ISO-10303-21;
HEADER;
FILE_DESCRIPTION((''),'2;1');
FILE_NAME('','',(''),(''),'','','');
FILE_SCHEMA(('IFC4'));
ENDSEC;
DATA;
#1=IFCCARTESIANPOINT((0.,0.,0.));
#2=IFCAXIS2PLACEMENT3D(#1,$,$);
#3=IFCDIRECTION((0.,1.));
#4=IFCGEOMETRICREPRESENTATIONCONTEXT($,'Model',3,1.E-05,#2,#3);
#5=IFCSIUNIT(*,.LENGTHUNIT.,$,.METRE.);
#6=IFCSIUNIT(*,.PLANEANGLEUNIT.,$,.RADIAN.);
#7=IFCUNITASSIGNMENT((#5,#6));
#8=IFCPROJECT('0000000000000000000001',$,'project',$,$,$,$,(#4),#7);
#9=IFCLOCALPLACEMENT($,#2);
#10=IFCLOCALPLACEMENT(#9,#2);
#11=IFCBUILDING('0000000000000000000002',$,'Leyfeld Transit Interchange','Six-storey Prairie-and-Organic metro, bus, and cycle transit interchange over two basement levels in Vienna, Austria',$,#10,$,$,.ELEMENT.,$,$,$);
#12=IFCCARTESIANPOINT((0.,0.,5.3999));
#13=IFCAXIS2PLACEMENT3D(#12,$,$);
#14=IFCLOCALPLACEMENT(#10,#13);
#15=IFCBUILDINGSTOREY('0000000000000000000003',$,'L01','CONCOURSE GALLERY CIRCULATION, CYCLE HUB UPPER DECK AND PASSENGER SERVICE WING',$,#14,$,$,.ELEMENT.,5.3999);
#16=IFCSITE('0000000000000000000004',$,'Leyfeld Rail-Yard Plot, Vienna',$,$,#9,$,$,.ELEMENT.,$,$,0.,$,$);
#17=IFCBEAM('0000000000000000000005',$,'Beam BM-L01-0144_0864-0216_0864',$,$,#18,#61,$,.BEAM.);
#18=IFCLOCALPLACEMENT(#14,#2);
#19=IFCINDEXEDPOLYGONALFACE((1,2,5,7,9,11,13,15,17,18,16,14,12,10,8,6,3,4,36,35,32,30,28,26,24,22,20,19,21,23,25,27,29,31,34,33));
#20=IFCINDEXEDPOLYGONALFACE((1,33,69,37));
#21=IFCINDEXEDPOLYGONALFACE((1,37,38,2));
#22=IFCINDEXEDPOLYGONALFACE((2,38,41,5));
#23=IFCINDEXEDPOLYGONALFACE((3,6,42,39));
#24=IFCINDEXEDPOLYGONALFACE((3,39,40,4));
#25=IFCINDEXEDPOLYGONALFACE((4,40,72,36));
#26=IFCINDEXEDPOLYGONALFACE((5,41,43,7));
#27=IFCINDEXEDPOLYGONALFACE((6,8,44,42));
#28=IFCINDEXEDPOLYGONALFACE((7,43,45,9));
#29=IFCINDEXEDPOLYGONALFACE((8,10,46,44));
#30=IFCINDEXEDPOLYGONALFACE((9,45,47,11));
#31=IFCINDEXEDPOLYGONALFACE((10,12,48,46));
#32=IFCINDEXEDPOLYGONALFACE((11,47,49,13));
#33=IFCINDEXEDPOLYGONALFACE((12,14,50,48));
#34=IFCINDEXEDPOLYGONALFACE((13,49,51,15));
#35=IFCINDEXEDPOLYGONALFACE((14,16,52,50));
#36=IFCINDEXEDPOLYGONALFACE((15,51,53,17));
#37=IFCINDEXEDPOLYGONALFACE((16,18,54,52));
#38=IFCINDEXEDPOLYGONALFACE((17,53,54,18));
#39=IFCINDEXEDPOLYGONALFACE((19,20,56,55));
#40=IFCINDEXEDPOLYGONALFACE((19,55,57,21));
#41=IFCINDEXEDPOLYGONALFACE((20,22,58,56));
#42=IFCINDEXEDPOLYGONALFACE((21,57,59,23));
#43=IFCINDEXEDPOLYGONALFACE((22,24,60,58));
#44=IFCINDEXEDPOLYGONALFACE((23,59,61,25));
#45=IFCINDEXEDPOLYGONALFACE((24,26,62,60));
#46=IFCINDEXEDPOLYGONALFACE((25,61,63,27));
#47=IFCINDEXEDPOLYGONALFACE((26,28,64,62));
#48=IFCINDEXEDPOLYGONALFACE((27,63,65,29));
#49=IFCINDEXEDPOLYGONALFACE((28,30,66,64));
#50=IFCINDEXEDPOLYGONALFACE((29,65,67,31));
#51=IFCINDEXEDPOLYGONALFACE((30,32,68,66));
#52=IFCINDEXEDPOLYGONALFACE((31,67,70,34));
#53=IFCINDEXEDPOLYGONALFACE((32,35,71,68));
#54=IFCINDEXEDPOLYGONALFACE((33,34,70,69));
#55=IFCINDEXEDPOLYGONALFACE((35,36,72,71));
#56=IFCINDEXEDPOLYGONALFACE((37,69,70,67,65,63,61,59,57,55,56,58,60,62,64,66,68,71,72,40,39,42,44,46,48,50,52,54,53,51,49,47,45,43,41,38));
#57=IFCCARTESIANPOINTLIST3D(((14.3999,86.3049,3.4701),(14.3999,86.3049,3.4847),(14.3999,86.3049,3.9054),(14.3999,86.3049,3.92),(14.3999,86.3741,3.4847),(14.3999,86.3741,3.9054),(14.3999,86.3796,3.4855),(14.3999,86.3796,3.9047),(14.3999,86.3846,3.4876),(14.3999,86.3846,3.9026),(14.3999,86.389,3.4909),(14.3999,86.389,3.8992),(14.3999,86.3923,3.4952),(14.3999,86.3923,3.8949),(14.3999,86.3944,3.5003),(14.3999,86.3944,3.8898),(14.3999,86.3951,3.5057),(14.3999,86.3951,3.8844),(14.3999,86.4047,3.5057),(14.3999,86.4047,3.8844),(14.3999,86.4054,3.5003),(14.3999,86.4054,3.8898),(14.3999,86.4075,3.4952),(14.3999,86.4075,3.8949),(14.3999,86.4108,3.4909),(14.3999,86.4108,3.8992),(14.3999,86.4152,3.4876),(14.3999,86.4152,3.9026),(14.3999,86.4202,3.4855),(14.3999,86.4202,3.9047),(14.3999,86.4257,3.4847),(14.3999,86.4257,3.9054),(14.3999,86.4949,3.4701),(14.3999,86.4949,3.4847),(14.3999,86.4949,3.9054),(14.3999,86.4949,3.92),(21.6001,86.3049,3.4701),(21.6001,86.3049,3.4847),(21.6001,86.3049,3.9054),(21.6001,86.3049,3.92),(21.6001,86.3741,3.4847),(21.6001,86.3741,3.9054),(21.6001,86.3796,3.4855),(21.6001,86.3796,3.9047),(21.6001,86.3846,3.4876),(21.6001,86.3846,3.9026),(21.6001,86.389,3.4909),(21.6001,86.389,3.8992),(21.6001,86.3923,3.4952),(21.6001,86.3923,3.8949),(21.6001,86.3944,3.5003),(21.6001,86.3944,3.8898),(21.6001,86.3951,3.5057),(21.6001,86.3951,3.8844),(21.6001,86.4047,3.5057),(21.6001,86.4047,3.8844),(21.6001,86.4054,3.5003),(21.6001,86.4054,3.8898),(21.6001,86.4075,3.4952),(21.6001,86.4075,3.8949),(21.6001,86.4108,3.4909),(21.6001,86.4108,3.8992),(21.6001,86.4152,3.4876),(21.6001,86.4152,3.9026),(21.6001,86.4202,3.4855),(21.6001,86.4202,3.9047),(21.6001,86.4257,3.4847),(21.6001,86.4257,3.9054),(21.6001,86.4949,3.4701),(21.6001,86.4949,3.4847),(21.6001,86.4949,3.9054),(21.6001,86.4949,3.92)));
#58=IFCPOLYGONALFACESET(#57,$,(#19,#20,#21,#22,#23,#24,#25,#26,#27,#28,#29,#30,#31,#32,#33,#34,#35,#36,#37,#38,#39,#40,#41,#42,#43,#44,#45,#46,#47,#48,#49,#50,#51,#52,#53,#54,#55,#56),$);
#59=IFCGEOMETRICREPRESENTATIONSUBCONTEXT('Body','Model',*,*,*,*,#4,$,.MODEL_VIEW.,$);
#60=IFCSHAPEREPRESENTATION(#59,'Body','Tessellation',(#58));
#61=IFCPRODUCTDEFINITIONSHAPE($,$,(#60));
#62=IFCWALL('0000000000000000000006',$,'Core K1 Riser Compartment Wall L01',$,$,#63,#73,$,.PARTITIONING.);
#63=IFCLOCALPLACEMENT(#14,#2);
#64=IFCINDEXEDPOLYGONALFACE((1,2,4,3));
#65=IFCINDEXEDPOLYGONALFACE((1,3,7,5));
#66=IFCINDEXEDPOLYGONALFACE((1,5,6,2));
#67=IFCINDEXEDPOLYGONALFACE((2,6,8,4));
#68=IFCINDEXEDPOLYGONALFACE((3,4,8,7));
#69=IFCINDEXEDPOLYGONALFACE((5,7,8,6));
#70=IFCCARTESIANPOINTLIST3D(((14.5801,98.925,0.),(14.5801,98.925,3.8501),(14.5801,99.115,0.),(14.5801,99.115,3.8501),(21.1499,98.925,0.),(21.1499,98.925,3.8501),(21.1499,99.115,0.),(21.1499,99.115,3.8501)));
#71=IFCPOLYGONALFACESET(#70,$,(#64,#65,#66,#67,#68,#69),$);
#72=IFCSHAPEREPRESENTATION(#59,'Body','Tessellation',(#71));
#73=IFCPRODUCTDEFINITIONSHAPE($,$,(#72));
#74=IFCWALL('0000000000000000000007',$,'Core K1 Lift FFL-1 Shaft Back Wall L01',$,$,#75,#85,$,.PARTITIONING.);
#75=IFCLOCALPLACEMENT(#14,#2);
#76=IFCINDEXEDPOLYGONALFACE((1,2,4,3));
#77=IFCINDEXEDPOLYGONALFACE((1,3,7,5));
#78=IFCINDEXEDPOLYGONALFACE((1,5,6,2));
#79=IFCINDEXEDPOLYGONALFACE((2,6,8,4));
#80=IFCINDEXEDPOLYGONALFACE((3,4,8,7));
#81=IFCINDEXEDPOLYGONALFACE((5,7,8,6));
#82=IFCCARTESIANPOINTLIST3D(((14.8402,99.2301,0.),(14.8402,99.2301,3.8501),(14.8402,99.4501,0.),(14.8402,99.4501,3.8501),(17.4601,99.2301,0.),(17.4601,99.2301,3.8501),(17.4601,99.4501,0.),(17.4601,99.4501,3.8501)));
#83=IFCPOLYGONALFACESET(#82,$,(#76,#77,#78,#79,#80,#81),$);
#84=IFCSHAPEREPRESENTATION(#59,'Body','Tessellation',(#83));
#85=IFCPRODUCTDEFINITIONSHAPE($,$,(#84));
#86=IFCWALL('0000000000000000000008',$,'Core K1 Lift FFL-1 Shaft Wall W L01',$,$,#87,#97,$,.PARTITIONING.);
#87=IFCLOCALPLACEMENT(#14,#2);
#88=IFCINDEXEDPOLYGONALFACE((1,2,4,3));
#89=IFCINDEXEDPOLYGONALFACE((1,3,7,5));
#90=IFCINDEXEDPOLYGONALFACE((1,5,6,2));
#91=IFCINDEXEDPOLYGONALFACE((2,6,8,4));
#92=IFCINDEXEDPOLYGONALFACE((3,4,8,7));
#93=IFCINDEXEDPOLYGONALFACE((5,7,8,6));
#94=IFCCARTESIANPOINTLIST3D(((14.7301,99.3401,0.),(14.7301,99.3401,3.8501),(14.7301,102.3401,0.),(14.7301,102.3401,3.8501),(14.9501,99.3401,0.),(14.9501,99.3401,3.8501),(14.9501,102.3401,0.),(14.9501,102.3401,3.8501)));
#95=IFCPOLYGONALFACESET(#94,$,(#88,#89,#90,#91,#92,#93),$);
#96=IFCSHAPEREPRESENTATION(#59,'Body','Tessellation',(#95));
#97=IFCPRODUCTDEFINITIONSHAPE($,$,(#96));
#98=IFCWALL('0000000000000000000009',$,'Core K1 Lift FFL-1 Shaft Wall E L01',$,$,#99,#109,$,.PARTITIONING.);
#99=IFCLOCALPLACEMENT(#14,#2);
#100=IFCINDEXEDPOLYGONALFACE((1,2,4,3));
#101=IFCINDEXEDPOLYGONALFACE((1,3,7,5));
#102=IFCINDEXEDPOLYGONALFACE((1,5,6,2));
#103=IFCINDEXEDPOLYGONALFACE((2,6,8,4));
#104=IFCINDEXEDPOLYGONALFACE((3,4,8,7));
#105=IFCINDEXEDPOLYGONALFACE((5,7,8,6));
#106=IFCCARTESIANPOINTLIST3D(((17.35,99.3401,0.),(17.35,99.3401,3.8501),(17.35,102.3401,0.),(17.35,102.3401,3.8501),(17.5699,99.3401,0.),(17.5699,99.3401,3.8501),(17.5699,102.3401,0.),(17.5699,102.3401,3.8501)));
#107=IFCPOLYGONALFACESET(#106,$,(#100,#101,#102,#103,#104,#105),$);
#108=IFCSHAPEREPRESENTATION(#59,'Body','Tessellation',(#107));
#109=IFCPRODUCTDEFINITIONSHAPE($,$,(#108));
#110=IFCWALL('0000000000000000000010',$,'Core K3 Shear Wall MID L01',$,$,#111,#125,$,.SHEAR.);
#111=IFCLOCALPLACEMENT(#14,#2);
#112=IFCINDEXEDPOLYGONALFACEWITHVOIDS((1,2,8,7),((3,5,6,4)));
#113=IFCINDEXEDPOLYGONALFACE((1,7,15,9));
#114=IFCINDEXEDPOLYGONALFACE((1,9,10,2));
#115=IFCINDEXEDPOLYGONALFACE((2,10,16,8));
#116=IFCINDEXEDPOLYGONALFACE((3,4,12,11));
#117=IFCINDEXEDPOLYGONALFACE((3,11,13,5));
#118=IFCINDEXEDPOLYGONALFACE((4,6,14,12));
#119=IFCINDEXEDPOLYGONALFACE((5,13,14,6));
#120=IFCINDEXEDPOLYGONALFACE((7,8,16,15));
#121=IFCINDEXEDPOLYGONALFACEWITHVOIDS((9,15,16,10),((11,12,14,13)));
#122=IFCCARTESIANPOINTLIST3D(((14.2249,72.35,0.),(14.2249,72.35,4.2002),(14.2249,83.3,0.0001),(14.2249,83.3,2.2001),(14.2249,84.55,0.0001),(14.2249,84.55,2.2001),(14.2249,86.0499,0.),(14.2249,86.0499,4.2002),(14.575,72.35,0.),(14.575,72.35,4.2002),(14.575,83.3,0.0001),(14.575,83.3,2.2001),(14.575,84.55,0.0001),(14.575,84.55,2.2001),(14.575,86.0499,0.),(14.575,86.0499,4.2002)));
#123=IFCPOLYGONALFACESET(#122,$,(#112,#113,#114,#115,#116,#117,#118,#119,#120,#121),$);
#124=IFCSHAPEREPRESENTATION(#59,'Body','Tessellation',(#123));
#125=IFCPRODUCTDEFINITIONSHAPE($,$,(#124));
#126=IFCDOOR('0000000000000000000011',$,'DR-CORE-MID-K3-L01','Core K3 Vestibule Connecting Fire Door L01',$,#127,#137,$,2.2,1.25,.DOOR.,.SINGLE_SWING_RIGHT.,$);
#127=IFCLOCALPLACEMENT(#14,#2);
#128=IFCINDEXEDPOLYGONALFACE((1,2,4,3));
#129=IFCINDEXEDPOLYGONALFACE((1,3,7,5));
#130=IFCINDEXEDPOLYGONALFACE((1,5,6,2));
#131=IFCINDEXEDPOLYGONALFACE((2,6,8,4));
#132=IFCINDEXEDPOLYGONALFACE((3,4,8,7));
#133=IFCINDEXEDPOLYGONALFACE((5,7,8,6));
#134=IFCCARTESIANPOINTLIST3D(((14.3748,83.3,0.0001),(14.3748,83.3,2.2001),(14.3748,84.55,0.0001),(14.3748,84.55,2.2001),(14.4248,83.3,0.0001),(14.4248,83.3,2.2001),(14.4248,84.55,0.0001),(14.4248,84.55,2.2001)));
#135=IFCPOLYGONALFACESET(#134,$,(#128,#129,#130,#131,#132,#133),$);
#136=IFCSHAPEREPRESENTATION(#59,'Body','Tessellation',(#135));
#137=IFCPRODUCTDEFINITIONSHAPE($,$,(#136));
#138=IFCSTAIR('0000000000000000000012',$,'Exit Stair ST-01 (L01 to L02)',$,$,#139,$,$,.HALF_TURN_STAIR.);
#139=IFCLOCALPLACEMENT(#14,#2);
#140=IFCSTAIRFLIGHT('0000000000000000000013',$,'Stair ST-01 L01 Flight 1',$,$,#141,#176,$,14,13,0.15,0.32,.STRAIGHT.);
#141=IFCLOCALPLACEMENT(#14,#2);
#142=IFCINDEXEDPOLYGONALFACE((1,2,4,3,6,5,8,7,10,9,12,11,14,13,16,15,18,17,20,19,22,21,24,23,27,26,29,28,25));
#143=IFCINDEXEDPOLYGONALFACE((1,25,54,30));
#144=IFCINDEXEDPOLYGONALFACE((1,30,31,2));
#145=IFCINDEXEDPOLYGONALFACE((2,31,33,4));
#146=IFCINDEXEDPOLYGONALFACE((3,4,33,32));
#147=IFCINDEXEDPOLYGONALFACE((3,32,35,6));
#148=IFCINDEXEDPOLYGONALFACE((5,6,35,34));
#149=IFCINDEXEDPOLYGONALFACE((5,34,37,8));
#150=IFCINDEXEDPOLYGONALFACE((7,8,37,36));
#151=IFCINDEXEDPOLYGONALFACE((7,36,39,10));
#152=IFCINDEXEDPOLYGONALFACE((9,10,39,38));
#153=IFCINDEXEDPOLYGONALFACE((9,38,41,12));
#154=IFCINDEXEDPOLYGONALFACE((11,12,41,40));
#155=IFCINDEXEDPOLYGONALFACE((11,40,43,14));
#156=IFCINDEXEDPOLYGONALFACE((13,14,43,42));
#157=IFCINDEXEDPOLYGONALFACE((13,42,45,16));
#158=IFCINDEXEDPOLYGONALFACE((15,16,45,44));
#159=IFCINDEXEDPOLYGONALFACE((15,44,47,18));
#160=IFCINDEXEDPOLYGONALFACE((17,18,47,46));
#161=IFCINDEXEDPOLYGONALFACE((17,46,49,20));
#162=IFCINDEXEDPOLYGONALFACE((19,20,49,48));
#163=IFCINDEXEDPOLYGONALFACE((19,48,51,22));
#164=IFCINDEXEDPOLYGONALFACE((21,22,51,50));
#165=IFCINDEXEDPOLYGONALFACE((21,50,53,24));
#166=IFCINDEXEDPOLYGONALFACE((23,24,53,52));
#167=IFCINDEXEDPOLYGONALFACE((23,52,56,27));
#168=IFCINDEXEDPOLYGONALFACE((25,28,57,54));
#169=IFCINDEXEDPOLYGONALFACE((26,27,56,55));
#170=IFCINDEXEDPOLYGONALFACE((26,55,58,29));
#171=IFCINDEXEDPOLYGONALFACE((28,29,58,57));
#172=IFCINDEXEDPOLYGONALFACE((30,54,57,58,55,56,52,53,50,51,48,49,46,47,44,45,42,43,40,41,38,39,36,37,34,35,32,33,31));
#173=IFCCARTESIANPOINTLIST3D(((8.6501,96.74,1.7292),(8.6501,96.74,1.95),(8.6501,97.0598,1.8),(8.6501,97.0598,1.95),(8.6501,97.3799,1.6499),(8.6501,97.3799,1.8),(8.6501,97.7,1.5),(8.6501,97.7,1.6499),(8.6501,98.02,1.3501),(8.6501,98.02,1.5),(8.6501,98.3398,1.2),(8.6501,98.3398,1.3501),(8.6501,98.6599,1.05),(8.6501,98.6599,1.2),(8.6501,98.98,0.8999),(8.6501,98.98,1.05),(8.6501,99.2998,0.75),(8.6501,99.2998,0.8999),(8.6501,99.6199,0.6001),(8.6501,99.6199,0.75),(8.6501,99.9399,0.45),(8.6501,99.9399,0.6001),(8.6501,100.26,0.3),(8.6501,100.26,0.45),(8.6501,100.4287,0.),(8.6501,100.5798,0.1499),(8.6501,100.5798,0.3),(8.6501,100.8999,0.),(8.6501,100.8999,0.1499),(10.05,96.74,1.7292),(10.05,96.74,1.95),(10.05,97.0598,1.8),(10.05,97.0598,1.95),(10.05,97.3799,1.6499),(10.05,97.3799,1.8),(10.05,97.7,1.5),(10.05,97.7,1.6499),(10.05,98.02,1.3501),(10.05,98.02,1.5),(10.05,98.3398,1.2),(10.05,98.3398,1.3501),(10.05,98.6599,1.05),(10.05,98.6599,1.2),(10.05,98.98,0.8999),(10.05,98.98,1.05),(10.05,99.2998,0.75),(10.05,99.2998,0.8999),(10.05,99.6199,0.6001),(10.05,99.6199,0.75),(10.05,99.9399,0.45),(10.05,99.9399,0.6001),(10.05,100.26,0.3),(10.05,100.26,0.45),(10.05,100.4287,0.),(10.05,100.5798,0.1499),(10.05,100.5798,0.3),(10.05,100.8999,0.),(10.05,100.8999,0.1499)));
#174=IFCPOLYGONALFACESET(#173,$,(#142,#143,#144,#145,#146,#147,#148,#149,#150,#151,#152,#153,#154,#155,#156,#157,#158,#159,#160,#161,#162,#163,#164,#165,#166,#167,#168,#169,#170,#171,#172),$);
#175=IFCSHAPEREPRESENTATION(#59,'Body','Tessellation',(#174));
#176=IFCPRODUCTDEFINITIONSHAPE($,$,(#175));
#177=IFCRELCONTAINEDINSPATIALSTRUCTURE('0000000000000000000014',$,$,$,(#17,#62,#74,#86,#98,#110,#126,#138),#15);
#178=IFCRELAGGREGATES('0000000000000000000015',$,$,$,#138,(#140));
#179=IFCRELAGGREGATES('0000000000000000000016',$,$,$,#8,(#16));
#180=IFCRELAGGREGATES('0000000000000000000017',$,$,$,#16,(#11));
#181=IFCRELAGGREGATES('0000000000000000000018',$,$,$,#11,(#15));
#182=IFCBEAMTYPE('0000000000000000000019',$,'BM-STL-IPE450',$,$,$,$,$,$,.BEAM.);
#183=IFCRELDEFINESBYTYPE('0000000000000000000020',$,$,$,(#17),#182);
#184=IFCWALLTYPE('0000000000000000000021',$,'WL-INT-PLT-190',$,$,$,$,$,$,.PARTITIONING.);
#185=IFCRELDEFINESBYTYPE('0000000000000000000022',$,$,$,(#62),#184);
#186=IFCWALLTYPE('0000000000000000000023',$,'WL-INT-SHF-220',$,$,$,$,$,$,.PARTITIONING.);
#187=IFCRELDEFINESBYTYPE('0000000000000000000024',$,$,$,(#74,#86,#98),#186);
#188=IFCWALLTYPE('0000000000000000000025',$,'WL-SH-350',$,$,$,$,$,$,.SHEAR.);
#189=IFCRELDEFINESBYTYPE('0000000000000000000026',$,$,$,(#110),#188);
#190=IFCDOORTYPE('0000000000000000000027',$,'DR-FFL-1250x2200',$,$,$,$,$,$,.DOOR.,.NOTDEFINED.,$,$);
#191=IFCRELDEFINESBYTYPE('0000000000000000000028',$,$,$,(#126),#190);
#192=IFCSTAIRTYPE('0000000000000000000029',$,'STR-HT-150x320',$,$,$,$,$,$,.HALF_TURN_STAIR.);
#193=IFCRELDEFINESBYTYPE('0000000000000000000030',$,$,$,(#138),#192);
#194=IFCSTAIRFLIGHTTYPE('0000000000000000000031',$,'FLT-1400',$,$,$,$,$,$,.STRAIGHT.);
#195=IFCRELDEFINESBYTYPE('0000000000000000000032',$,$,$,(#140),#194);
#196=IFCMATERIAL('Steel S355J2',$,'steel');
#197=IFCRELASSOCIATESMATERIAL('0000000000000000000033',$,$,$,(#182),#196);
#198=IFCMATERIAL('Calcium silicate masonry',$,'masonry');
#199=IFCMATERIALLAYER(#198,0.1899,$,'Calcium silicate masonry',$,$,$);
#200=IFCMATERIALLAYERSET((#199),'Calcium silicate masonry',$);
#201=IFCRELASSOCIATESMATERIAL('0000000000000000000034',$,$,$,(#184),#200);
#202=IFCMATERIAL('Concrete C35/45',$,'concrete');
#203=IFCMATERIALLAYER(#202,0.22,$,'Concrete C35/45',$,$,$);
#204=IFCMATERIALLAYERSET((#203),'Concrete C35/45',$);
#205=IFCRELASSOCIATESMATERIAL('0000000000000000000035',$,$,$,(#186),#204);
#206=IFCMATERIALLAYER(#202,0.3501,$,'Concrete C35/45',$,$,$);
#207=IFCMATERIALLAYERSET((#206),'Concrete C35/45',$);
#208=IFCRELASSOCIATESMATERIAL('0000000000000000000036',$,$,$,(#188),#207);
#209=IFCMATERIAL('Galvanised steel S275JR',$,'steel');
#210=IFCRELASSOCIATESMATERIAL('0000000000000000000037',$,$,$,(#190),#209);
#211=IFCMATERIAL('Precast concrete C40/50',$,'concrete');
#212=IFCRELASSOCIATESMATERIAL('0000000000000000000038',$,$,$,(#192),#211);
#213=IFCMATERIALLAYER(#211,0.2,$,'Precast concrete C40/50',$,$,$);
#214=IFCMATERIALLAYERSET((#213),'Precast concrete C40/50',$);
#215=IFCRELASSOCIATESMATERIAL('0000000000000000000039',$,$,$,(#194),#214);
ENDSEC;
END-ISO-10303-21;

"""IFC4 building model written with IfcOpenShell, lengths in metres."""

from ifc_helpers import new_model, si_unit, direction, frame, frame_2d, origin, origin_2d, place, context, subcontext, project, spatial, polyline, rectangle, i_section, outline, extrude, material, layer, layer_set, material_profile, profile_set, type_object, element, fill, aggregate, save


model = new_model("IFC4")

# Units and contexts
model_context = context("Model", 3, precision=1e-05, world=origin(), true_north=direction((0.0, 1.0)))
body_context = subcontext(model_context, "Body", "Model", "MODEL_VIEW")
ifc_project = project(units=[si_unit("LENGTHUNIT", "METRE"), si_unit("PLANEANGLEUNIT", "RADIAN")], contexts=[model_context])

# Site, building, storey
site_placement = place(None, origin())
site = spatial("IfcSite", under=ifc_project, at=site_placement, Name="Leyfeld Rail-Yard Plot, Vienna", CompositionType="ELEMENT", RefElevation=0.0)
building_placement = place(site_placement, origin())
building = spatial("IfcBuilding", under=site, at=building_placement, Name="Leyfeld Transit Interchange", Description="Six-storey Prairie-and-Organic metro, bus, and cycle transit interchange over two basement levels in Vienna, Austria", CompositionType="ELEMENT")
storey_placement = place(building_placement, frame((0.0, 0.0, 5.3999)))
storey = spatial("IfcBuildingStorey", under=building, at=storey_placement, Name="L01", Description="CONCOURSE GALLERY CIRCULATION, CYCLE HUB UPPER DECK AND PASSENGER SERVICE WING", CompositionType="ELEMENT", Elevation=5.3999)

# Shared definitions
ifc_material_1 = material(Name="Concrete C35/45", Category="concrete")

# Beam
ifc_material_2 = material(Name="Steel S355J2", Category="steel")
ifc_material_profile_1 = material_profile(ifc_material_2, i_section(OverallWidth=0.1899, OverallDepth=0.45, WebThickness=0.0095, FlangeThickness=0.0146, FilletRadius=0.021, at=origin_2d()), Name="IPE 450")
ifc_profile_set_1 = profile_set([ifc_material_profile_1], Name="Steel S355J2")
beam_type_1 = type_object("IfcBeamType", Name="BM-STL-IPE450", PredefinedType="BEAM", material=ifc_profile_set_1)
beam_1_placement = place(storey_placement, frame((14.3999, 86.3999, 3.6951), z_axis=(1.0, 0.0, 0.0), x_axis=(0.0, 1.0, 0.0)))
element("IfcBeam", 1, at=beam_1_placement, inside=storey, type_object=beam_type_1, Name="Beam BM-L01-0144_0864-0216_0864", PredefinedType="BEAM", context=body_context, shape_type="SweptSolid", body=[
    extrude(i_section(OverallWidth=0.1899, OverallDepth=0.45, WebThickness=0.0095, FlangeThickness=0.0146, FilletRadius=0.021, at=origin_2d()), origin(), (0.0, 0.0, 1.0), 7.2002),
])

# Walls
ifc_material_3 = material(Name="Calcium silicate masonry", Category="masonry")
ifc_layer_1 = layer(ifc_material_3, 0.1899, Name="Calcium silicate masonry")
ifc_layer_set_1 = layer_set([ifc_layer_1], Name="Calcium silicate masonry")
wall_type_1 = type_object("IfcWallType", Name="WL-INT-PLT-190", PredefinedType="PARTITIONING", material=ifc_layer_set_1)
wall_1_placement = place(storey_placement, frame((14.5801, 99.02, 0.0), z_axis=(0.0, 0.0, 1.0), x_axis=(1.0, 0.0, 0.0)))
element("IfcWall", 2, at=wall_1_placement, inside=storey, type_object=wall_type_1, Name="Core K1 Riser Compartment Wall L01", PredefinedType="PARTITIONING", context=body_context, shape_type="SweptSolid", body=[
    extrude(rectangle(XDim=6.5698, YDim=0.1899, at=frame_2d((3.2849, 0.0))), origin(), (0.0, 0.0, 1.0), 3.8501),
])
ifc_layer_2 = layer(ifc_material_1, 0.22, Name="Concrete C35/45")
ifc_layer_set_2 = layer_set([ifc_layer_2], Name="Concrete C35/45")
wall_type_2 = type_object("IfcWallType", Name="WL-INT-SHF-220", PredefinedType="PARTITIONING", material=ifc_layer_set_2)
wall_2_placement = place(storey_placement, frame((14.8401, 99.3401, 0.0), z_axis=(0.0, 0.0, 1.0), x_axis=(1.0, 0.0, 0.0)))
element("IfcWall", 3, at=wall_2_placement, inside=storey, type_object=wall_type_2, Name="Core K1 Lift FFL-1 Shaft Back Wall L01", PredefinedType="PARTITIONING", context=body_context, shape_type="SweptSolid", body=[
    extrude(rectangle(XDim=2.6199, YDim=0.22, at=frame_2d((1.3101, 0.0))), origin(), (0.0, 0.0, 1.0), 3.8501),
])
for number, where, z_axis, x_axis, name in (
    (4, (14.8401, 99.3401, 0.0), (0.0, 0.0, 1.0), (0.0, 1.0, 0.0), "Core K1 Lift FFL-1 Shaft Wall W L01"),
    (5, (17.46, 99.3401, 0.0), (0.0, 0.0, 1.0), (0.0, 1.0, 0.0), "Core K1 Lift FFL-1 Shaft Wall E L01"),
):
    element("IfcWall", number, at=place(storey_placement, frame(where, z_axis=z_axis, x_axis=x_axis)), inside=storey, type_object=wall_type_2, Name=name, PredefinedType="PARTITIONING", context=body_context, shape_type="SweptSolid", body=[
        extrude(rectangle(XDim=3.0, YDim=0.22, at=frame_2d((1.5, 0.0))), origin(), (0.0, 0.0, 1.0), 3.8501),
    ])

# Wall, opening, door
ifc_layer_3 = layer(ifc_material_1, 0.3501, Name="Concrete C35/45")
ifc_layer_set_3 = layer_set([ifc_layer_3], Name="Concrete C35/45")
wall_type_3 = type_object("IfcWallType", Name="WL-SH-350", PredefinedType="SHEAR", material=ifc_layer_set_3)
wall_3_placement = place(storey_placement, frame((14.3999, 86.05, 0.0), z_axis=(0.0, 0.0, 1.0), x_axis=(0.0, -1.0, 0.0)))
wall_3 = element("IfcWall", 6, at=wall_3_placement, inside=storey, type_object=wall_type_3, Name="Core K3 Shear Wall MID L01", PredefinedType="SHEAR", context=body_context, shape_type="SweptSolid", body=[
    extrude(rectangle(XDim=13.7, YDim=0.3501, at=frame_2d((6.8501, 0.0))), origin(), (0.0, 0.0, 1.0), 4.2002),
])
opening_placement = place(wall_3_placement, frame((1.5, 0.0, 0.0)))
opening = element("IfcOpeningElement", 7, at=opening_placement, cuts=wall_3, PredefinedType="OPENING", context=body_context, shape_type="SweptSolid", body=[
    extrude(rectangle(XDim=1.25, YDim=2.2, at=frame_2d((0.625, 1.1001))), frame((0.0, 0.1851, 0.0), z_axis=(0.0, -1.0, 0.0), x_axis=(1.0, 0.0, 0.0)), (0.0, 0.0, 1.0), 0.3701),
])
ifc_material_4 = material(Name="Galvanised steel S275JR", Category="steel")
door_type = type_object("IfcDoorType", Name="DR-FFL-1250x2200", OperationType="NOTDEFINED", PredefinedType="DOOR", material=ifc_material_4)
door_placement = place(opening_placement, origin())
door = element("IfcDoor", 8, at=door_placement, inside=storey, type_object=door_type, Name="DR-CORE-MID-K3-L01", Description="Core K3 Vestibule Connecting Fire Door L01", OperationType="SINGLE_SWING_RIGHT", OverallHeight=2.2, OverallWidth=1.25, PredefinedType="DOOR", context=body_context, shape_type="SweptSolid", body=[
    extrude(rectangle(XDim=1.25, YDim=2.2, at=frame_2d((0.625, 1.1001))), frame((0.0, 0.0249, 0.0), z_axis=(0.0, -1.0, 0.0), x_axis=(1.0, 0.0, 0.0)), (0.0, 0.0, 1.0), 0.05),
])
fill(opening, door)

# Stair, stair flight
ifc_material_5 = material(Name="Precast concrete C40/50", Category="concrete")
stair_type = type_object("IfcStairType", Name="STR-HT-150x320", PredefinedType="HALF_TURN_STAIR", material=ifc_material_5)
stair_placement = place(storey_placement, origin())
stair = element("IfcStair", 9, at=stair_placement, inside=storey, type_object=stair_type, Name="Exit Stair ST-01 (L01 to L02)", PredefinedType="HALF_TURN_STAIR")
ifc_layer_4 = layer(ifc_material_5, 0.2, Name="Precast concrete C40/50")
ifc_layer_set_4 = layer_set([ifc_layer_4], Name="Precast concrete C40/50")
stair_flight_type = type_object("IfcStairFlightType", Name="FLT-1400", PredefinedType="STRAIGHT", material=ifc_layer_set_4)
stair_flight_1_placement = place(storey_placement, frame((9.3501, 100.8999, 0.0), z_axis=(0.0, 0.0, 1.0), x_axis=(0.0, -1.0, 0.0)))
stair_flight_1 = element("IfcStairFlight", 10, at=stair_flight_1_placement, type_object=stair_flight_type, Name="Stair ST-01 L01 Flight 1", NumberOfRisers=14, NumberOfTreads=13, PredefinedType="STRAIGHT", RiserHeight=0.15, TreadLength=0.32, context=body_context, shape_type="SweptSolid", body=[
    extrude(outline(polyline([(0.0, 0.0), (0.0, 0.1499), (0.3201, 0.1499), (0.3201, 0.3), (0.6399, 0.3), (0.6399, 0.45), (0.96, 0.45), (0.96, 0.6001), (1.28, 0.6001), (1.28, 0.75), (1.6001, 0.75), (1.6001, 0.8999), (1.9199, 0.8999), (1.9199, 1.05), (2.24, 1.05), (2.24, 1.2), (2.5601, 1.2), (2.5601, 1.3501), (2.8799, 1.3501), (2.8799, 1.5), (3.2, 1.5), (3.2, 1.6499), (3.52, 1.6499), (3.52, 1.8), (3.8401, 1.8), (3.8401, 1.95), (4.1599, 1.95), (4.1599, 2.1001), (4.1599, 1.7292), (0.4712, 0.0), (0.0, 0.0)])), frame((0.0, 0.7, 0.0), z_axis=(0.0, -1.0, 0.0), x_axis=(1.0, 0.0, 0.0)), (0.0, 0.0, 1.0), 1.3999),
])
aggregate(stair, [stair_flight_1])

save(model, "model.ifc")
